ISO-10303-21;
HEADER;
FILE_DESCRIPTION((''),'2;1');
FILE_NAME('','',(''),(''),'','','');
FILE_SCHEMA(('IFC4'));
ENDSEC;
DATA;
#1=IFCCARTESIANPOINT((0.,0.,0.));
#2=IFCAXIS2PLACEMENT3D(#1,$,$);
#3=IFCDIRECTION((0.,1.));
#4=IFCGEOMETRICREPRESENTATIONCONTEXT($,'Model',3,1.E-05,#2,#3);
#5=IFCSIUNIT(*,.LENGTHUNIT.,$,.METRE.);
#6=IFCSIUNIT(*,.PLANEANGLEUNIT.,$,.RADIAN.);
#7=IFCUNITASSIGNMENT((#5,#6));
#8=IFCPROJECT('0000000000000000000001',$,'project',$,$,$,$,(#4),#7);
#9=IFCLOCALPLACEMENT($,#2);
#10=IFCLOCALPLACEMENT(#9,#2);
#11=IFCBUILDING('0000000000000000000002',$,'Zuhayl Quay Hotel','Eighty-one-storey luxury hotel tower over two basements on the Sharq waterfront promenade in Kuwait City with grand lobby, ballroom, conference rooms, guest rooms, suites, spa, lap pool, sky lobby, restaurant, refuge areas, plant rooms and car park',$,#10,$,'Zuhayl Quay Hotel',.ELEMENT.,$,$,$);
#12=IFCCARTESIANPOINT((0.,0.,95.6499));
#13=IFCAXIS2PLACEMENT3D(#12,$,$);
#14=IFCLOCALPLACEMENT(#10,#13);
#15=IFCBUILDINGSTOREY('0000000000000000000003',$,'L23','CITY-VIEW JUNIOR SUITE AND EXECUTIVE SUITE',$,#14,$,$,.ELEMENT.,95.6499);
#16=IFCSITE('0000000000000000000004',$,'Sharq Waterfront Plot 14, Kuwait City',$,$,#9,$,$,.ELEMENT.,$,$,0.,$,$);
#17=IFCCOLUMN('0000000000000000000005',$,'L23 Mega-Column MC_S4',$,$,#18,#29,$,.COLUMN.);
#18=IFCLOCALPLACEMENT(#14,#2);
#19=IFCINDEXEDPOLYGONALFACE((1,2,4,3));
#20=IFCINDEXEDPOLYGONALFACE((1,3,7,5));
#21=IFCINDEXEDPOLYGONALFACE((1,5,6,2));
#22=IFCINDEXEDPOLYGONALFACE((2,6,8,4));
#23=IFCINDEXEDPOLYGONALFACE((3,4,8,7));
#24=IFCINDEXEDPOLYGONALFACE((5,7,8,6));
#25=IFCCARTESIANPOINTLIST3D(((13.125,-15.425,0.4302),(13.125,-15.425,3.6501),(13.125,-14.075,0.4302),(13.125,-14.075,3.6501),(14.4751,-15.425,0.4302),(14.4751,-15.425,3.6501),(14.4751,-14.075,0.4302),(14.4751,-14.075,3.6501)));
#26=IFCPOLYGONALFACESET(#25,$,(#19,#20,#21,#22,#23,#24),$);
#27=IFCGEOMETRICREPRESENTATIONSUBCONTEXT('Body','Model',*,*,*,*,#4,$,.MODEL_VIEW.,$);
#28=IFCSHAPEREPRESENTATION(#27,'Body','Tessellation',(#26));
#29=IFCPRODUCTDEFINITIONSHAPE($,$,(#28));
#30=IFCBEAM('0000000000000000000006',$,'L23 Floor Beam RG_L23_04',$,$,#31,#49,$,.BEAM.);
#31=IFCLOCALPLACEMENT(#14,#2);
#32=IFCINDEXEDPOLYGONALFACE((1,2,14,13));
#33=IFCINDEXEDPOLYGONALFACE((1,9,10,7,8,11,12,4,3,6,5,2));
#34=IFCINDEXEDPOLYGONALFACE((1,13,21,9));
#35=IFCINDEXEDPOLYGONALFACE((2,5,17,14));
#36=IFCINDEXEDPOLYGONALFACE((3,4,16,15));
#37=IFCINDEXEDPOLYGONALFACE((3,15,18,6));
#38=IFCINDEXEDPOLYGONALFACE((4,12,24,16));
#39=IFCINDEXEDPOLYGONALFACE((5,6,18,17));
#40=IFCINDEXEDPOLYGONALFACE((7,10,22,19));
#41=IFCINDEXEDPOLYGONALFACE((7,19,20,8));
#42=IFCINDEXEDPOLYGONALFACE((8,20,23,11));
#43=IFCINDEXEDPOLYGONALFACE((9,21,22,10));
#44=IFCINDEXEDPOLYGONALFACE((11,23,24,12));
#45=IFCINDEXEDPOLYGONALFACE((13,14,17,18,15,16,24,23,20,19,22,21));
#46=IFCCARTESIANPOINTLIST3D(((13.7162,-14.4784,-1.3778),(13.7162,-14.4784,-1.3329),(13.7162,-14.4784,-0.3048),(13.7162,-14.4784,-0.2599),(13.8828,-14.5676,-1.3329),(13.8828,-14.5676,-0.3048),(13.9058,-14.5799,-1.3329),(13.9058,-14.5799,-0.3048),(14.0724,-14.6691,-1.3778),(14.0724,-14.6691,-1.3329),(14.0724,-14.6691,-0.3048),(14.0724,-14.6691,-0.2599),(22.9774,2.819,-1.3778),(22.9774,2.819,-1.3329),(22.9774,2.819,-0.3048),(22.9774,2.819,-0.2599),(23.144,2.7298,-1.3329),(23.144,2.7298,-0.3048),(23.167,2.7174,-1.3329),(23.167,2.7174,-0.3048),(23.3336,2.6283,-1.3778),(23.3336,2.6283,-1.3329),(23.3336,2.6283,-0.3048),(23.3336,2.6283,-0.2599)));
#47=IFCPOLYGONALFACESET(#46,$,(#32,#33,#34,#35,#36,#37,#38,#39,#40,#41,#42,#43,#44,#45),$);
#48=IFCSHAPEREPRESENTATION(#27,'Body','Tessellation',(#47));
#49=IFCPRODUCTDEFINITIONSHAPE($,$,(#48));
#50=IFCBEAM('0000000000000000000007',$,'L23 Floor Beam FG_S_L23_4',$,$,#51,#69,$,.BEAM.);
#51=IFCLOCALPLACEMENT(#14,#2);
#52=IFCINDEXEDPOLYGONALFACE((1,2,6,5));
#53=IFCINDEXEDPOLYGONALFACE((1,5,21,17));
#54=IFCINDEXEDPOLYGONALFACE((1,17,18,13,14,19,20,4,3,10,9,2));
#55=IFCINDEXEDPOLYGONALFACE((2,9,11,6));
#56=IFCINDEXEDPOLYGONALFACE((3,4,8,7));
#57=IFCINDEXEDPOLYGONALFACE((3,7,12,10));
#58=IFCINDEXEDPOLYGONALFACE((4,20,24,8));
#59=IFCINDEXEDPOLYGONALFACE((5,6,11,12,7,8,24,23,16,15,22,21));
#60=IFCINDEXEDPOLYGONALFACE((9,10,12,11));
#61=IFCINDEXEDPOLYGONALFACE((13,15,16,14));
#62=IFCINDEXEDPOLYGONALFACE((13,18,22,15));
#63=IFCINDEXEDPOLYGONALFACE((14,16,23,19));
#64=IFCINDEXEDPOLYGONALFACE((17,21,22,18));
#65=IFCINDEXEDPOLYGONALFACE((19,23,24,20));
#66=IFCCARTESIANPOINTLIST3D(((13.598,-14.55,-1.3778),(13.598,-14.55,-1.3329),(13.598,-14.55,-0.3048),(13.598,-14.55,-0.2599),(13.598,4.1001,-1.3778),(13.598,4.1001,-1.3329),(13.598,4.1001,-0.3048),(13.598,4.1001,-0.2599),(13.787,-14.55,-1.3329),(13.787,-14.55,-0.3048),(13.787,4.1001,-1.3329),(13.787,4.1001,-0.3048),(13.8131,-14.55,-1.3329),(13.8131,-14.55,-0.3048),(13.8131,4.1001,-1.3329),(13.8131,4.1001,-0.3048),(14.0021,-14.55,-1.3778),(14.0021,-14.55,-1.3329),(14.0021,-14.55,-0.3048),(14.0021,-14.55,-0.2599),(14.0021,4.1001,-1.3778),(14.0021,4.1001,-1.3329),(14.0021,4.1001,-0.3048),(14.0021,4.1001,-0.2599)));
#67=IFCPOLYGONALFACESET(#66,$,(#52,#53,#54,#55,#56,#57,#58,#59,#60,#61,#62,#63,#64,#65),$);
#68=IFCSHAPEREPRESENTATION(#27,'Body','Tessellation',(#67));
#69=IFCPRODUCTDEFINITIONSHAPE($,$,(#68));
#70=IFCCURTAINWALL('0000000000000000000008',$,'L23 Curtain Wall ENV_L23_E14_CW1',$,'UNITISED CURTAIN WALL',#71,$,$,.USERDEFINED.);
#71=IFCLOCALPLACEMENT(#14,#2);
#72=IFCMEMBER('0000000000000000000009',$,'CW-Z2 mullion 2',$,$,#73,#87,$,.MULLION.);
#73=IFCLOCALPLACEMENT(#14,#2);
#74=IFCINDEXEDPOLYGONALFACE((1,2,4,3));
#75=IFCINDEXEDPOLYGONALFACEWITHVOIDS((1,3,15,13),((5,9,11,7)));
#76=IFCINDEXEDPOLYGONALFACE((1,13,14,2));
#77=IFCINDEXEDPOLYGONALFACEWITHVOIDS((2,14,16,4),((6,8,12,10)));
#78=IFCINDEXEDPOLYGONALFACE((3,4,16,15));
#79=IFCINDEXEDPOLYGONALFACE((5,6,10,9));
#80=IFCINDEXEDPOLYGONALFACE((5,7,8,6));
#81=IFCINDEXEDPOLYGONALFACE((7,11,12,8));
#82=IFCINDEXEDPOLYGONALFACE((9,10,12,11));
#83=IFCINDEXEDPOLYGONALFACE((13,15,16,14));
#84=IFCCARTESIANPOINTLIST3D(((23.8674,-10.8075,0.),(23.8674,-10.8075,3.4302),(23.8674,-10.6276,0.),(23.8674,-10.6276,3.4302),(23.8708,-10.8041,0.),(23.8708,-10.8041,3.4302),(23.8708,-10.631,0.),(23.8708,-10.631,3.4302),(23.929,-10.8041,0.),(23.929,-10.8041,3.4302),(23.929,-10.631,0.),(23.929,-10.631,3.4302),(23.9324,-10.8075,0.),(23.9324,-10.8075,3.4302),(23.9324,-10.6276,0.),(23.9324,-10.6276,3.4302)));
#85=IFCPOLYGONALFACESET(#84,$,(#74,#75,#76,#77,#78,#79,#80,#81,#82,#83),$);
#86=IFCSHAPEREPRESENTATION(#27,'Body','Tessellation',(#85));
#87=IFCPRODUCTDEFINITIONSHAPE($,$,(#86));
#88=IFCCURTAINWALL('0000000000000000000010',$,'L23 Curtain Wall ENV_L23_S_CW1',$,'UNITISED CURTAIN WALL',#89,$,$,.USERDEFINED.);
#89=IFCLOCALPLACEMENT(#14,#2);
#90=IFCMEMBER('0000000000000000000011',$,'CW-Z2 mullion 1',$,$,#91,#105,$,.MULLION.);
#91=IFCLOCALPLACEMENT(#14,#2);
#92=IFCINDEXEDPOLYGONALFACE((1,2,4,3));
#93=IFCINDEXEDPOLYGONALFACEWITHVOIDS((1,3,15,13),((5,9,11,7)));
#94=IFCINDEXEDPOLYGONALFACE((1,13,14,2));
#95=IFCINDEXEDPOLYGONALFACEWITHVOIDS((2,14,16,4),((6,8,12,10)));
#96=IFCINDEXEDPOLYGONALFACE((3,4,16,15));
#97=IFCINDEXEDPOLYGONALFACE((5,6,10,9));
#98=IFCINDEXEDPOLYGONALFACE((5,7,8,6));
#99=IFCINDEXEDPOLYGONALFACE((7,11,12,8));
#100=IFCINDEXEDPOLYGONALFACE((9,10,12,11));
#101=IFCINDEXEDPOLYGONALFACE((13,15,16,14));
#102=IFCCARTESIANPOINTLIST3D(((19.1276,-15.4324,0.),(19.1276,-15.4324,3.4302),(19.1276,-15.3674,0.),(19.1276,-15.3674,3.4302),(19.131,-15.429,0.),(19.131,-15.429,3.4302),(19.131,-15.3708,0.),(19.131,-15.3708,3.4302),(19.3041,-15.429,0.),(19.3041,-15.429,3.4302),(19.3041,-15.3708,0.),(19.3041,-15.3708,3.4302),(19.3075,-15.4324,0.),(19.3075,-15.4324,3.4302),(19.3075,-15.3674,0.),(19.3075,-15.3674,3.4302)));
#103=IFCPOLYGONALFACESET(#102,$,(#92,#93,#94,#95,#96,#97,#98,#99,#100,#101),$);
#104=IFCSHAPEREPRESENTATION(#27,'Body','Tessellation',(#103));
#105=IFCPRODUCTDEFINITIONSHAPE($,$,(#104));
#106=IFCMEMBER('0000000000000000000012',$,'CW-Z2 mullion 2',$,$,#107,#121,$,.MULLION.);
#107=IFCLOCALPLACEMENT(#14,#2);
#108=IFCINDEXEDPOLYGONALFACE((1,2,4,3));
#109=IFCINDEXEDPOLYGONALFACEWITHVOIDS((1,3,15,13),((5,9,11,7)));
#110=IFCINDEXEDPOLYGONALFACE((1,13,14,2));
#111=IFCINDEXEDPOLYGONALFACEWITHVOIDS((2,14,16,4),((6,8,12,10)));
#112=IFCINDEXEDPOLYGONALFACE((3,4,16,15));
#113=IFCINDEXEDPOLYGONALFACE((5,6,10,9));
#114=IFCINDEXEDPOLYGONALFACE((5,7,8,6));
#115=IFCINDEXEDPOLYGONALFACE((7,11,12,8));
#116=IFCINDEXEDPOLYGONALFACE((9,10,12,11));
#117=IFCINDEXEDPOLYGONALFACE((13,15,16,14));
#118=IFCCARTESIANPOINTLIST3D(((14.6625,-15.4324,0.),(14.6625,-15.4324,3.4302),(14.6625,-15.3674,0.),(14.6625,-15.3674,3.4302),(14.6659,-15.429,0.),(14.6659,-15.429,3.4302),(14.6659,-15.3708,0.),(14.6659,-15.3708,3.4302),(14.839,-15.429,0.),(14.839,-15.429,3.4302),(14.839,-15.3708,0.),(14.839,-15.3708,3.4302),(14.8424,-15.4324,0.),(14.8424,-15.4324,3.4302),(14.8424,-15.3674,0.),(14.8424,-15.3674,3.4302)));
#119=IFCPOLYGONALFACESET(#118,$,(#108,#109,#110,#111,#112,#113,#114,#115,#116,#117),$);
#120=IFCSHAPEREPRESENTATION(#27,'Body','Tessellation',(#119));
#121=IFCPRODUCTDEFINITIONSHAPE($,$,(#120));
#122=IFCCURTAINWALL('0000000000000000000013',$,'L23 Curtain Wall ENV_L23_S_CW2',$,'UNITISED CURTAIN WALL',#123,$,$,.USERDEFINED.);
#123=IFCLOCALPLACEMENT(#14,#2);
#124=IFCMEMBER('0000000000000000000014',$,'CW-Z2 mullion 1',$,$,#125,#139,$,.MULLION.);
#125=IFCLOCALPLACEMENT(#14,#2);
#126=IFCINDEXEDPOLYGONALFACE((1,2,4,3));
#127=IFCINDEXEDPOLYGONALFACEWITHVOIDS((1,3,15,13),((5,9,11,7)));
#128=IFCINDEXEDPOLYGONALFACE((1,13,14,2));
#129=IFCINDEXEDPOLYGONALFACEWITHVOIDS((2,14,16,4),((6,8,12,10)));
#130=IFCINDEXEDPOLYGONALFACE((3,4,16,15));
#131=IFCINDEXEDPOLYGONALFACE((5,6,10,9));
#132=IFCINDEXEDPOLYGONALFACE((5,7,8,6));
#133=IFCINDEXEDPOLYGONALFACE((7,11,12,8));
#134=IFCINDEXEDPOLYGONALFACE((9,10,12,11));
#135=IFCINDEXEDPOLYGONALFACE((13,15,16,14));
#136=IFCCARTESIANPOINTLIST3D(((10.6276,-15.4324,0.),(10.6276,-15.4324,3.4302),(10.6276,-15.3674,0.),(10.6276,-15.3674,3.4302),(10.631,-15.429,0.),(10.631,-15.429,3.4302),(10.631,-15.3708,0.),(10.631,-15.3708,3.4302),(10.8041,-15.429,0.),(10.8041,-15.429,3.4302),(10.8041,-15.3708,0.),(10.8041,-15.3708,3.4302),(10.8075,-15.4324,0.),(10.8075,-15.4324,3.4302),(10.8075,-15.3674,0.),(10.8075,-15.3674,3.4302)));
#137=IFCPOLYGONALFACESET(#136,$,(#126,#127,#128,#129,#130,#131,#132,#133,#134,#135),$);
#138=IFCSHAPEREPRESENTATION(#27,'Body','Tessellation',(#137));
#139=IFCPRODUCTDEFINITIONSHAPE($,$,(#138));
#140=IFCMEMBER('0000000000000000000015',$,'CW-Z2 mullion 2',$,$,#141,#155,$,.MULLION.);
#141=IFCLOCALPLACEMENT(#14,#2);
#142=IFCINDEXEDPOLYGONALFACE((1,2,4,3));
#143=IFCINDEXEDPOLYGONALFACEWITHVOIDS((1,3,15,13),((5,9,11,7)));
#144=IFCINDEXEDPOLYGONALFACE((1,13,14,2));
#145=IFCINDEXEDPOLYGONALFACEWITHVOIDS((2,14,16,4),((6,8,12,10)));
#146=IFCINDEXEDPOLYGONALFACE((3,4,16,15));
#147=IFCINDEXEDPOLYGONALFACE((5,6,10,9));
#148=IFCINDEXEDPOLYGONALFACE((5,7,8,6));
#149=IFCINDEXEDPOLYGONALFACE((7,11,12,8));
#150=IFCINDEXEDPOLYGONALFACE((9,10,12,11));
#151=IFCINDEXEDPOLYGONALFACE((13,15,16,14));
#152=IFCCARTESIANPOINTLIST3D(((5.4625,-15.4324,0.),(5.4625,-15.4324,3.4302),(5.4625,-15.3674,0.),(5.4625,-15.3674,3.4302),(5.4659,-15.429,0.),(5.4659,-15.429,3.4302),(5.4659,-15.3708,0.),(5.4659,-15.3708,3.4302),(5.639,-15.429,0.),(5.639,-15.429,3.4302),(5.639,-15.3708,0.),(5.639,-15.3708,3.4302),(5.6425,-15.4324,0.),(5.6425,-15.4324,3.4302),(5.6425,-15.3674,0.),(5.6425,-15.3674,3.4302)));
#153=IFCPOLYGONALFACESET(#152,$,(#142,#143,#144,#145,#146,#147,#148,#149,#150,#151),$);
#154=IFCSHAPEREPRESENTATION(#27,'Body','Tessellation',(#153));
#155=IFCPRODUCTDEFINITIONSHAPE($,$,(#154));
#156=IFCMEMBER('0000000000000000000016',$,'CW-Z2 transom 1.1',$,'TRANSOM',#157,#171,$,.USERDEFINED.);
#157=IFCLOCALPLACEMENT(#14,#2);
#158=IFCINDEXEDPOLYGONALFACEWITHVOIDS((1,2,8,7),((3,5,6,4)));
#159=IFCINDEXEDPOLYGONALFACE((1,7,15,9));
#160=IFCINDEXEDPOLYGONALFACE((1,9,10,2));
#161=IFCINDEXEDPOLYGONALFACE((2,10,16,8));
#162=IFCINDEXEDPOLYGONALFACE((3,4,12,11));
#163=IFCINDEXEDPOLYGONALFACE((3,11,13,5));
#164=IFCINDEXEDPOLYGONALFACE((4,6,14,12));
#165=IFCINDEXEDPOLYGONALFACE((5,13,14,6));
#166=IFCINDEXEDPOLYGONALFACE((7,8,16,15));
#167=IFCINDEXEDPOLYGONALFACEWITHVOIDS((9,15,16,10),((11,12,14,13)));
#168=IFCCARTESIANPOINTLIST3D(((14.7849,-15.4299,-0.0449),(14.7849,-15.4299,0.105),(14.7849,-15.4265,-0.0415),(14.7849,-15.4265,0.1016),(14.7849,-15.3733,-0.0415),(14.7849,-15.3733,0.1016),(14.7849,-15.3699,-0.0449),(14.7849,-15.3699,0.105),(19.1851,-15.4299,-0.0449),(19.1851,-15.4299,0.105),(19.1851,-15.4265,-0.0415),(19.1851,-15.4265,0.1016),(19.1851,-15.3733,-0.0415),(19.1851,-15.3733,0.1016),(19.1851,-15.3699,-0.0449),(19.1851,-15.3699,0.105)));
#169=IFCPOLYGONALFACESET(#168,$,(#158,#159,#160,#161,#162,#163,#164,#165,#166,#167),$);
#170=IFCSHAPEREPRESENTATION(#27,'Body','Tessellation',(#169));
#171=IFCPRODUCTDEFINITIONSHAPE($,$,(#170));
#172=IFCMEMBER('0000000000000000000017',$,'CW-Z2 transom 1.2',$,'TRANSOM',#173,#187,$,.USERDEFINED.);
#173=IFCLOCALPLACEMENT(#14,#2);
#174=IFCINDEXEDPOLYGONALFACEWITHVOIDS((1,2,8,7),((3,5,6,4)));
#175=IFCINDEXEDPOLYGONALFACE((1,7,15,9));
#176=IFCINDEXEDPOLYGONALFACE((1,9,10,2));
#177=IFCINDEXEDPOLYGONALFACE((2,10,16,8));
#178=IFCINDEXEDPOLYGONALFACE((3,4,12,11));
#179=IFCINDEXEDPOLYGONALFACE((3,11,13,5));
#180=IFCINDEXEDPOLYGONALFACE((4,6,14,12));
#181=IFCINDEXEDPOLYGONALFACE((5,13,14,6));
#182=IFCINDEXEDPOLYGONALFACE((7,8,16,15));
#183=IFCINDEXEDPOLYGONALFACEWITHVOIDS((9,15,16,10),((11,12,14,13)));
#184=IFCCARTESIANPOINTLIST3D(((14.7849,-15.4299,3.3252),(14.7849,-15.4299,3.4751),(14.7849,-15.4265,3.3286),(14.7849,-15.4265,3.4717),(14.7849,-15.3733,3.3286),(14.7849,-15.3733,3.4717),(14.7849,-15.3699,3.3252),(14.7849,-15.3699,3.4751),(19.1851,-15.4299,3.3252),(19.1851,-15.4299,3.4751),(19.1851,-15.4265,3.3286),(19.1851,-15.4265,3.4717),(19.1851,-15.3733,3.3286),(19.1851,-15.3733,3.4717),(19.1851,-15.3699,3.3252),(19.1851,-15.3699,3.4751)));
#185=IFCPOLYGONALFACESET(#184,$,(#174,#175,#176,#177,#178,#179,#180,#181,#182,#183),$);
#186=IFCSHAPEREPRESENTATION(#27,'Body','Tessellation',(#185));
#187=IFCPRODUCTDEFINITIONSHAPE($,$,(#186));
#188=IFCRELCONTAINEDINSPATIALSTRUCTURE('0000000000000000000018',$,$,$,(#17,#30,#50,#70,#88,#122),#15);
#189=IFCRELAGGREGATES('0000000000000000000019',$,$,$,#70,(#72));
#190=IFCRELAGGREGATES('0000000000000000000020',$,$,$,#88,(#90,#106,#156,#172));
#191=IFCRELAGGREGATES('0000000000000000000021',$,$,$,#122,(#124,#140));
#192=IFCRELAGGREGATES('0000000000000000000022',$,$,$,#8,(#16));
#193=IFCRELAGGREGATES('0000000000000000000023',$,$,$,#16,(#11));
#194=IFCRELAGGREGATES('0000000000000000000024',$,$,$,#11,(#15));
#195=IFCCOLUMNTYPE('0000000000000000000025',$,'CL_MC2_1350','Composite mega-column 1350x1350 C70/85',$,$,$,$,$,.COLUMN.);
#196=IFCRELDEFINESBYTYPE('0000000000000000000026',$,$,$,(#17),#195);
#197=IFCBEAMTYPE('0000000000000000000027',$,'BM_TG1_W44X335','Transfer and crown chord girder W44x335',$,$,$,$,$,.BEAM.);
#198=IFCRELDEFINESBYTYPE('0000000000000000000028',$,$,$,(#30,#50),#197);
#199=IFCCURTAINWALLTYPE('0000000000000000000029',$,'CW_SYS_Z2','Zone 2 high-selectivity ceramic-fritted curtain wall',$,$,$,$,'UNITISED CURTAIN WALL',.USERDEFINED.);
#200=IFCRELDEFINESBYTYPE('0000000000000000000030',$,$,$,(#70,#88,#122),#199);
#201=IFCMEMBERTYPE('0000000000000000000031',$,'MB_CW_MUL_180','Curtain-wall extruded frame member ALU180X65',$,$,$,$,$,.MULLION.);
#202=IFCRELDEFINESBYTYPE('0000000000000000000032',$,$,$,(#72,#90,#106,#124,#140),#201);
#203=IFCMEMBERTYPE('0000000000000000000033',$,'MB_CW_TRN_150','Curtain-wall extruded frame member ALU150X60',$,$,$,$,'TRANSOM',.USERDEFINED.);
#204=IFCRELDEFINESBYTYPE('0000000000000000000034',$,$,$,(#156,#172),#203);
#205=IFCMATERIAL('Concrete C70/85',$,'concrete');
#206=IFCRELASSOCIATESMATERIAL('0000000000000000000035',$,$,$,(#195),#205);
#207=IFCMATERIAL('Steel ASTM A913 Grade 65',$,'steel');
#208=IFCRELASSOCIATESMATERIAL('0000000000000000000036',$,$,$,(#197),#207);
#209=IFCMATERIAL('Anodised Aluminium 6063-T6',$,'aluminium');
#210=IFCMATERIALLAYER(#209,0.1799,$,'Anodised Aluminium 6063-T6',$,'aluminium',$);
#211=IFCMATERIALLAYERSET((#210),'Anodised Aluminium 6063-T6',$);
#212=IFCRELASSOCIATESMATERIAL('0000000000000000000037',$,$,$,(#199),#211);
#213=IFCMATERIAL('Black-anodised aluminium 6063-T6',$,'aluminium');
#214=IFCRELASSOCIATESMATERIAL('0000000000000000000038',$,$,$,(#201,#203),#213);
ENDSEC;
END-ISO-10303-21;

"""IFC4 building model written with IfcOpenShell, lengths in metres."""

from ifc_helpers import new_model, si_unit, direction, frame, origin, origin_2d, place, context, subcontext, project, spatial, rectangle, hollow_rectangle, i_section, extrude, material, layer, layer_set, material_profile, profile_set, type_object, element, aggregate, save


model = new_model("IFC4")

# Units and contexts
model_context = context("Model", 3, precision=1e-05, world=origin(), true_north=direction((0.0, 1.0)))
body_context = subcontext(model_context, "Body", "Model", "MODEL_VIEW")
ifc_project = project(units=[si_unit("LENGTHUNIT", "METRE"), si_unit("PLANEANGLEUNIT", "RADIAN")], contexts=[model_context])

# Site, building, storey
site_placement = place(None, origin())
site = spatial("IfcSite", under=ifc_project, at=site_placement, Name="Sharq Waterfront Plot 14, Kuwait City", CompositionType="ELEMENT", RefElevation=0.0)
building_placement = place(site_placement, origin())
building = spatial("IfcBuilding", under=site, at=building_placement, Name="Zuhayl Quay Hotel", Description="Eighty-one-storey luxury hotel tower over two basements on the Sharq waterfront promenade in Kuwait City with grand lobby, ballroom, conference rooms, guest rooms, suites, spa, lap pool, sky lobby, restaurant, refuge areas, plant rooms and car park", LongName="Zuhayl Quay Hotel", CompositionType="ELEMENT")
storey_placement = place(building_placement, frame((0.0, 0.0, 95.6499)))
storey = spatial("IfcBuildingStorey", under=building, at=storey_placement, Name="L23", Description="CITY-VIEW JUNIOR SUITE AND EXECUTIVE SUITE", CompositionType="ELEMENT", Elevation=95.6499)

# Column
ifc_material_1 = material(Name="Concrete C70/85", Category="concrete")
ifc_material_profile_1 = material_profile(ifc_material_1, rectangle(XDim=1.3501, YDim=1.3501, at=origin_2d()), Name="RC1350X1350")
ifc_profile_set_1 = profile_set([ifc_material_profile_1], Name="Concrete C70/85")
column_type = type_object("IfcColumnType", Name="CL_MC2_1350", Description="Composite mega-column 1350x1350 C70/85", PredefinedType="COLUMN", material=ifc_profile_set_1)
column_placement = place(storey_placement, frame((13.8, -14.75, 0.4302), z_axis=(0.0, 0.0, 1.0), x_axis=(1.0, 0.0, 0.0)))
element("IfcColumn", 1, at=column_placement, inside=storey, type_object=column_type, Name="L23 Mega-Column MC_S4", PredefinedType="COLUMN", context=body_context, shape_type="SweptSolid", body=[
    extrude(rectangle(XDim=1.3501, YDim=1.3501, at=origin_2d()), origin(), (0.0, 0.0, 1.0), 3.22),
])

# Beams
ifc_material_2 = material(Name="Steel ASTM A913 Grade 65", Category="steel")
ifc_material_profile_2 = material_profile(ifc_material_2, i_section(OverallWidth=0.4041, OverallDepth=1.1179, WebThickness=0.0261, FlangeThickness=0.0449, at=origin_2d()), Name="W44X335")
ifc_profile_set_2 = profile_set([ifc_material_profile_2], Name="Steel ASTM A913 Grade 65")
beam_type = type_object("IfcBeamType", Name="BM_TG1_W44X335", Description="Transfer and crown chord girder W44x335", PredefinedType="BEAM", material=ifc_profile_set_2)
beam_1_placement = place(storey_placement, frame((13.8943, -14.5737, -0.8188), z_axis=(0.472015, 0.881591, 0.0), x_axis=(-0.881591, 0.472015, 0.0)))
element("IfcBeam", 2, at=beam_1_placement, inside=storey, type_object=beam_type, Name="L23 Floor Beam RG_L23_04", PredefinedType="BEAM", context=body_context, shape_type="SweptSolid", body=[
    extrude(i_section(OverallWidth=0.4041, OverallDepth=1.1179, WebThickness=0.0261, FlangeThickness=0.0449, at=origin_2d()), origin(), (0.0, 0.0, 1.0), 19.6206),
])
beam_2_placement = place(storey_placement, frame((13.8, -14.55, -0.8188), z_axis=(0.0, 1.0, 0.0), x_axis=(-1.0, 0.0, 0.0)))
element("IfcBeam", 3, at=beam_2_placement, inside=storey, type_object=beam_type, Name="L23 Floor Beam FG_S_L23_4", PredefinedType="BEAM", context=body_context, shape_type="SweptSolid", body=[
    extrude(i_section(OverallWidth=0.4041, OverallDepth=1.1179, WebThickness=0.0261, FlangeThickness=0.0449, at=origin_2d()), origin(), (0.0, 0.0, 1.0), 18.6501),
])

# Curtain wall, member
ifc_material_3 = material(Name="Anodised Aluminium 6063-T6", Category="aluminium")
ifc_layer_1 = layer(ifc_material_3, 0.1799, Name="Anodised Aluminium 6063-T6", Category="aluminium")
ifc_layer_set_1 = layer_set([ifc_layer_1], Name="Anodised Aluminium 6063-T6")
curtain_wall_type = type_object("IfcCurtainWallType", Name="CW_SYS_Z2", Description="Zone 2 high-selectivity ceramic-fritted curtain wall", ElementType="UNITISED CURTAIN WALL", PredefinedType="USERDEFINED", material=ifc_layer_set_1)
curtain_wall_1_placement = place(storey_placement, origin())
curtain_wall_1 = element("IfcCurtainWall", 4, at=curtain_wall_1_placement, inside=storey, type_object=curtain_wall_type, Name="L23 Curtain Wall ENV_L23_E14_CW1", ObjectType="UNITISED CURTAIN WALL", PredefinedType="USERDEFINED")
ifc_material_4 = material(Name="Black-anodised aluminium 6063-T6", Category="aluminium")
ifc_material_profile_3 = material_profile(ifc_material_4, hollow_rectangle(XDim=0.0649, YDim=0.1799, WallThickness=0.0034, at=origin_2d()), Name="ALU180X65")
ifc_profile_set_3 = profile_set([ifc_material_profile_3], Name="Black-anodised aluminium 6063-T6")
member_type_1 = type_object("IfcMemberType", Name="MB_CW_MUL_180", Description="Curtain-wall extruded frame member ALU180X65", PredefinedType="MULLION", material=ifc_profile_set_3)
member_1_placement = place(storey_placement, frame((23.8999, -10.7175, 0.0), z_axis=(0.0, 0.0, 1.0), x_axis=(1.0, 0.0, 0.0)))
member_1 = element("IfcMember", 5, at=member_1_placement, type_object=member_type_1, Name="CW-Z2 mullion 2", PredefinedType="MULLION", context=body_context, shape_type="SweptSolid", body=[
    extrude(hollow_rectangle(XDim=0.0649, YDim=0.1799, WallThickness=0.0034, at=origin_2d()), origin(), (0.0, 0.0, 1.0), 3.4302),
])

# Curtain walls, members
curtain_wall_2_placement = place(storey_placement, origin())
curtain_wall_2 = element("IfcCurtainWall", 6, at=curtain_wall_2_placement, inside=storey, type_object=curtain_wall_type, Name="L23 Curtain Wall ENV_L23_S_CW1", ObjectType="UNITISED CURTAIN WALL", PredefinedType="USERDEFINED")
member_2_placement = place(storey_placement, frame((19.2175, -15.3999, 0.0), z_axis=(0.0, 0.0, 1.0), x_axis=(0.0, -1.0, 0.0)))
member_2 = element("IfcMember", 7, at=member_2_placement, type_object=member_type_1, Name="CW-Z2 mullion 1", PredefinedType="MULLION", context=body_context, shape_type="SweptSolid", body=[
    extrude(hollow_rectangle(XDim=0.0649, YDim=0.1799, WallThickness=0.0034, at=origin_2d()), origin(), (0.0, 0.0, 1.0), 3.4302),
])
member_3_placement = place(storey_placement, frame((14.7524, -15.3999, 0.0), z_axis=(0.0, 0.0, 1.0), x_axis=(0.0, -1.0, 0.0)))
member_3 = element("IfcMember", 8, at=member_3_placement, type_object=member_type_1, Name="CW-Z2 mullion 2", PredefinedType="MULLION", context=body_context, shape_type="SweptSolid", body=[
    extrude(hollow_rectangle(XDim=0.0649, YDim=0.1799, WallThickness=0.0034, at=origin_2d()), origin(), (0.0, 0.0, 1.0), 3.4302),
])
curtain_wall_3_placement = place(storey_placement, origin())
curtain_wall_3 = element("IfcCurtainWall", 9, at=curtain_wall_3_placement, inside=storey, type_object=curtain_wall_type, Name="L23 Curtain Wall ENV_L23_S_CW2", ObjectType="UNITISED CURTAIN WALL", PredefinedType="USERDEFINED")
member_4_placement = place(storey_placement, frame((10.7175, -15.3999, 0.0), z_axis=(0.0, 0.0, 1.0), x_axis=(0.0, -1.0, 0.0)))
member_4 = element("IfcMember", 10, at=member_4_placement, type_object=member_type_1, Name="CW-Z2 mullion 1", PredefinedType="MULLION", context=body_context, shape_type="SweptSolid", body=[
    extrude(hollow_rectangle(XDim=0.0649, YDim=0.1799, WallThickness=0.0034, at=origin_2d()), origin(), (0.0, 0.0, 1.0), 3.4302),
])
member_5_placement = place(storey_placement, frame((5.5525, -15.3999, 0.0), z_axis=(0.0, 0.0, 1.0), x_axis=(0.0, -1.0, 0.0)))
member_5 = element("IfcMember", 11, at=member_5_placement, type_object=member_type_1, Name="CW-Z2 mullion 2", PredefinedType="MULLION", context=body_context, shape_type="SweptSolid", body=[
    extrude(hollow_rectangle(XDim=0.0649, YDim=0.1799, WallThickness=0.0034, at=origin_2d()), origin(), (0.0, 0.0, 1.0), 3.4302),
])

# Members
ifc_material_profile_4 = material_profile(ifc_material_4, hollow_rectangle(XDim=0.0601, YDim=0.1499, WallThickness=0.0034, at=origin_2d()), Name="ALU150X60")
ifc_profile_set_4 = profile_set([ifc_material_profile_4], Name="Black-anodised aluminium 6063-T6")
member_type_2 = type_object("IfcMemberType", Name="MB_CW_TRN_150", Description="Curtain-wall extruded frame member ALU150X60", ElementType="TRANSOM", PredefinedType="USERDEFINED", material=ifc_profile_set_4)
member_6_placement = place(storey_placement, frame((19.1851, -15.3999, 0.03), z_axis=(-1.0, 0.0, 0.0), x_axis=(0.0, -1.0, 0.0)))
member_6 = element("IfcMember", 12, at=member_6_placement, type_object=member_type_2, Name="CW-Z2 transom 1.1", ObjectType="TRANSOM", PredefinedType="USERDEFINED", context=body_context, shape_type="SweptSolid", body=[
    extrude(hollow_rectangle(XDim=0.0601, YDim=0.1499, WallThickness=0.0034, at=origin_2d()), origin(), (0.0, 0.0, 1.0), 4.4001),
])
member_7_placement = place(storey_placement, frame((19.1851, -15.3999, 3.4001), z_axis=(-1.0, 0.0, 0.0), x_axis=(0.0, -1.0, 0.0)))
member_7 = element("IfcMember", 13, at=member_7_placement, type_object=member_type_2, Name="CW-Z2 transom 1.2", ObjectType="TRANSOM", PredefinedType="USERDEFINED", context=body_context, shape_type="SweptSolid", body=[
    extrude(hollow_rectangle(XDim=0.0601, YDim=0.1499, WallThickness=0.0034, at=origin_2d()), origin(), (0.0, 0.0, 1.0), 4.4001),
])

aggregate(curtain_wall_1, [member_1])
aggregate(curtain_wall_2, [member_2, member_3, member_6, member_7])
aggregate(curtain_wall_3, [member_4, member_5])

save(model, "model.ifc")
